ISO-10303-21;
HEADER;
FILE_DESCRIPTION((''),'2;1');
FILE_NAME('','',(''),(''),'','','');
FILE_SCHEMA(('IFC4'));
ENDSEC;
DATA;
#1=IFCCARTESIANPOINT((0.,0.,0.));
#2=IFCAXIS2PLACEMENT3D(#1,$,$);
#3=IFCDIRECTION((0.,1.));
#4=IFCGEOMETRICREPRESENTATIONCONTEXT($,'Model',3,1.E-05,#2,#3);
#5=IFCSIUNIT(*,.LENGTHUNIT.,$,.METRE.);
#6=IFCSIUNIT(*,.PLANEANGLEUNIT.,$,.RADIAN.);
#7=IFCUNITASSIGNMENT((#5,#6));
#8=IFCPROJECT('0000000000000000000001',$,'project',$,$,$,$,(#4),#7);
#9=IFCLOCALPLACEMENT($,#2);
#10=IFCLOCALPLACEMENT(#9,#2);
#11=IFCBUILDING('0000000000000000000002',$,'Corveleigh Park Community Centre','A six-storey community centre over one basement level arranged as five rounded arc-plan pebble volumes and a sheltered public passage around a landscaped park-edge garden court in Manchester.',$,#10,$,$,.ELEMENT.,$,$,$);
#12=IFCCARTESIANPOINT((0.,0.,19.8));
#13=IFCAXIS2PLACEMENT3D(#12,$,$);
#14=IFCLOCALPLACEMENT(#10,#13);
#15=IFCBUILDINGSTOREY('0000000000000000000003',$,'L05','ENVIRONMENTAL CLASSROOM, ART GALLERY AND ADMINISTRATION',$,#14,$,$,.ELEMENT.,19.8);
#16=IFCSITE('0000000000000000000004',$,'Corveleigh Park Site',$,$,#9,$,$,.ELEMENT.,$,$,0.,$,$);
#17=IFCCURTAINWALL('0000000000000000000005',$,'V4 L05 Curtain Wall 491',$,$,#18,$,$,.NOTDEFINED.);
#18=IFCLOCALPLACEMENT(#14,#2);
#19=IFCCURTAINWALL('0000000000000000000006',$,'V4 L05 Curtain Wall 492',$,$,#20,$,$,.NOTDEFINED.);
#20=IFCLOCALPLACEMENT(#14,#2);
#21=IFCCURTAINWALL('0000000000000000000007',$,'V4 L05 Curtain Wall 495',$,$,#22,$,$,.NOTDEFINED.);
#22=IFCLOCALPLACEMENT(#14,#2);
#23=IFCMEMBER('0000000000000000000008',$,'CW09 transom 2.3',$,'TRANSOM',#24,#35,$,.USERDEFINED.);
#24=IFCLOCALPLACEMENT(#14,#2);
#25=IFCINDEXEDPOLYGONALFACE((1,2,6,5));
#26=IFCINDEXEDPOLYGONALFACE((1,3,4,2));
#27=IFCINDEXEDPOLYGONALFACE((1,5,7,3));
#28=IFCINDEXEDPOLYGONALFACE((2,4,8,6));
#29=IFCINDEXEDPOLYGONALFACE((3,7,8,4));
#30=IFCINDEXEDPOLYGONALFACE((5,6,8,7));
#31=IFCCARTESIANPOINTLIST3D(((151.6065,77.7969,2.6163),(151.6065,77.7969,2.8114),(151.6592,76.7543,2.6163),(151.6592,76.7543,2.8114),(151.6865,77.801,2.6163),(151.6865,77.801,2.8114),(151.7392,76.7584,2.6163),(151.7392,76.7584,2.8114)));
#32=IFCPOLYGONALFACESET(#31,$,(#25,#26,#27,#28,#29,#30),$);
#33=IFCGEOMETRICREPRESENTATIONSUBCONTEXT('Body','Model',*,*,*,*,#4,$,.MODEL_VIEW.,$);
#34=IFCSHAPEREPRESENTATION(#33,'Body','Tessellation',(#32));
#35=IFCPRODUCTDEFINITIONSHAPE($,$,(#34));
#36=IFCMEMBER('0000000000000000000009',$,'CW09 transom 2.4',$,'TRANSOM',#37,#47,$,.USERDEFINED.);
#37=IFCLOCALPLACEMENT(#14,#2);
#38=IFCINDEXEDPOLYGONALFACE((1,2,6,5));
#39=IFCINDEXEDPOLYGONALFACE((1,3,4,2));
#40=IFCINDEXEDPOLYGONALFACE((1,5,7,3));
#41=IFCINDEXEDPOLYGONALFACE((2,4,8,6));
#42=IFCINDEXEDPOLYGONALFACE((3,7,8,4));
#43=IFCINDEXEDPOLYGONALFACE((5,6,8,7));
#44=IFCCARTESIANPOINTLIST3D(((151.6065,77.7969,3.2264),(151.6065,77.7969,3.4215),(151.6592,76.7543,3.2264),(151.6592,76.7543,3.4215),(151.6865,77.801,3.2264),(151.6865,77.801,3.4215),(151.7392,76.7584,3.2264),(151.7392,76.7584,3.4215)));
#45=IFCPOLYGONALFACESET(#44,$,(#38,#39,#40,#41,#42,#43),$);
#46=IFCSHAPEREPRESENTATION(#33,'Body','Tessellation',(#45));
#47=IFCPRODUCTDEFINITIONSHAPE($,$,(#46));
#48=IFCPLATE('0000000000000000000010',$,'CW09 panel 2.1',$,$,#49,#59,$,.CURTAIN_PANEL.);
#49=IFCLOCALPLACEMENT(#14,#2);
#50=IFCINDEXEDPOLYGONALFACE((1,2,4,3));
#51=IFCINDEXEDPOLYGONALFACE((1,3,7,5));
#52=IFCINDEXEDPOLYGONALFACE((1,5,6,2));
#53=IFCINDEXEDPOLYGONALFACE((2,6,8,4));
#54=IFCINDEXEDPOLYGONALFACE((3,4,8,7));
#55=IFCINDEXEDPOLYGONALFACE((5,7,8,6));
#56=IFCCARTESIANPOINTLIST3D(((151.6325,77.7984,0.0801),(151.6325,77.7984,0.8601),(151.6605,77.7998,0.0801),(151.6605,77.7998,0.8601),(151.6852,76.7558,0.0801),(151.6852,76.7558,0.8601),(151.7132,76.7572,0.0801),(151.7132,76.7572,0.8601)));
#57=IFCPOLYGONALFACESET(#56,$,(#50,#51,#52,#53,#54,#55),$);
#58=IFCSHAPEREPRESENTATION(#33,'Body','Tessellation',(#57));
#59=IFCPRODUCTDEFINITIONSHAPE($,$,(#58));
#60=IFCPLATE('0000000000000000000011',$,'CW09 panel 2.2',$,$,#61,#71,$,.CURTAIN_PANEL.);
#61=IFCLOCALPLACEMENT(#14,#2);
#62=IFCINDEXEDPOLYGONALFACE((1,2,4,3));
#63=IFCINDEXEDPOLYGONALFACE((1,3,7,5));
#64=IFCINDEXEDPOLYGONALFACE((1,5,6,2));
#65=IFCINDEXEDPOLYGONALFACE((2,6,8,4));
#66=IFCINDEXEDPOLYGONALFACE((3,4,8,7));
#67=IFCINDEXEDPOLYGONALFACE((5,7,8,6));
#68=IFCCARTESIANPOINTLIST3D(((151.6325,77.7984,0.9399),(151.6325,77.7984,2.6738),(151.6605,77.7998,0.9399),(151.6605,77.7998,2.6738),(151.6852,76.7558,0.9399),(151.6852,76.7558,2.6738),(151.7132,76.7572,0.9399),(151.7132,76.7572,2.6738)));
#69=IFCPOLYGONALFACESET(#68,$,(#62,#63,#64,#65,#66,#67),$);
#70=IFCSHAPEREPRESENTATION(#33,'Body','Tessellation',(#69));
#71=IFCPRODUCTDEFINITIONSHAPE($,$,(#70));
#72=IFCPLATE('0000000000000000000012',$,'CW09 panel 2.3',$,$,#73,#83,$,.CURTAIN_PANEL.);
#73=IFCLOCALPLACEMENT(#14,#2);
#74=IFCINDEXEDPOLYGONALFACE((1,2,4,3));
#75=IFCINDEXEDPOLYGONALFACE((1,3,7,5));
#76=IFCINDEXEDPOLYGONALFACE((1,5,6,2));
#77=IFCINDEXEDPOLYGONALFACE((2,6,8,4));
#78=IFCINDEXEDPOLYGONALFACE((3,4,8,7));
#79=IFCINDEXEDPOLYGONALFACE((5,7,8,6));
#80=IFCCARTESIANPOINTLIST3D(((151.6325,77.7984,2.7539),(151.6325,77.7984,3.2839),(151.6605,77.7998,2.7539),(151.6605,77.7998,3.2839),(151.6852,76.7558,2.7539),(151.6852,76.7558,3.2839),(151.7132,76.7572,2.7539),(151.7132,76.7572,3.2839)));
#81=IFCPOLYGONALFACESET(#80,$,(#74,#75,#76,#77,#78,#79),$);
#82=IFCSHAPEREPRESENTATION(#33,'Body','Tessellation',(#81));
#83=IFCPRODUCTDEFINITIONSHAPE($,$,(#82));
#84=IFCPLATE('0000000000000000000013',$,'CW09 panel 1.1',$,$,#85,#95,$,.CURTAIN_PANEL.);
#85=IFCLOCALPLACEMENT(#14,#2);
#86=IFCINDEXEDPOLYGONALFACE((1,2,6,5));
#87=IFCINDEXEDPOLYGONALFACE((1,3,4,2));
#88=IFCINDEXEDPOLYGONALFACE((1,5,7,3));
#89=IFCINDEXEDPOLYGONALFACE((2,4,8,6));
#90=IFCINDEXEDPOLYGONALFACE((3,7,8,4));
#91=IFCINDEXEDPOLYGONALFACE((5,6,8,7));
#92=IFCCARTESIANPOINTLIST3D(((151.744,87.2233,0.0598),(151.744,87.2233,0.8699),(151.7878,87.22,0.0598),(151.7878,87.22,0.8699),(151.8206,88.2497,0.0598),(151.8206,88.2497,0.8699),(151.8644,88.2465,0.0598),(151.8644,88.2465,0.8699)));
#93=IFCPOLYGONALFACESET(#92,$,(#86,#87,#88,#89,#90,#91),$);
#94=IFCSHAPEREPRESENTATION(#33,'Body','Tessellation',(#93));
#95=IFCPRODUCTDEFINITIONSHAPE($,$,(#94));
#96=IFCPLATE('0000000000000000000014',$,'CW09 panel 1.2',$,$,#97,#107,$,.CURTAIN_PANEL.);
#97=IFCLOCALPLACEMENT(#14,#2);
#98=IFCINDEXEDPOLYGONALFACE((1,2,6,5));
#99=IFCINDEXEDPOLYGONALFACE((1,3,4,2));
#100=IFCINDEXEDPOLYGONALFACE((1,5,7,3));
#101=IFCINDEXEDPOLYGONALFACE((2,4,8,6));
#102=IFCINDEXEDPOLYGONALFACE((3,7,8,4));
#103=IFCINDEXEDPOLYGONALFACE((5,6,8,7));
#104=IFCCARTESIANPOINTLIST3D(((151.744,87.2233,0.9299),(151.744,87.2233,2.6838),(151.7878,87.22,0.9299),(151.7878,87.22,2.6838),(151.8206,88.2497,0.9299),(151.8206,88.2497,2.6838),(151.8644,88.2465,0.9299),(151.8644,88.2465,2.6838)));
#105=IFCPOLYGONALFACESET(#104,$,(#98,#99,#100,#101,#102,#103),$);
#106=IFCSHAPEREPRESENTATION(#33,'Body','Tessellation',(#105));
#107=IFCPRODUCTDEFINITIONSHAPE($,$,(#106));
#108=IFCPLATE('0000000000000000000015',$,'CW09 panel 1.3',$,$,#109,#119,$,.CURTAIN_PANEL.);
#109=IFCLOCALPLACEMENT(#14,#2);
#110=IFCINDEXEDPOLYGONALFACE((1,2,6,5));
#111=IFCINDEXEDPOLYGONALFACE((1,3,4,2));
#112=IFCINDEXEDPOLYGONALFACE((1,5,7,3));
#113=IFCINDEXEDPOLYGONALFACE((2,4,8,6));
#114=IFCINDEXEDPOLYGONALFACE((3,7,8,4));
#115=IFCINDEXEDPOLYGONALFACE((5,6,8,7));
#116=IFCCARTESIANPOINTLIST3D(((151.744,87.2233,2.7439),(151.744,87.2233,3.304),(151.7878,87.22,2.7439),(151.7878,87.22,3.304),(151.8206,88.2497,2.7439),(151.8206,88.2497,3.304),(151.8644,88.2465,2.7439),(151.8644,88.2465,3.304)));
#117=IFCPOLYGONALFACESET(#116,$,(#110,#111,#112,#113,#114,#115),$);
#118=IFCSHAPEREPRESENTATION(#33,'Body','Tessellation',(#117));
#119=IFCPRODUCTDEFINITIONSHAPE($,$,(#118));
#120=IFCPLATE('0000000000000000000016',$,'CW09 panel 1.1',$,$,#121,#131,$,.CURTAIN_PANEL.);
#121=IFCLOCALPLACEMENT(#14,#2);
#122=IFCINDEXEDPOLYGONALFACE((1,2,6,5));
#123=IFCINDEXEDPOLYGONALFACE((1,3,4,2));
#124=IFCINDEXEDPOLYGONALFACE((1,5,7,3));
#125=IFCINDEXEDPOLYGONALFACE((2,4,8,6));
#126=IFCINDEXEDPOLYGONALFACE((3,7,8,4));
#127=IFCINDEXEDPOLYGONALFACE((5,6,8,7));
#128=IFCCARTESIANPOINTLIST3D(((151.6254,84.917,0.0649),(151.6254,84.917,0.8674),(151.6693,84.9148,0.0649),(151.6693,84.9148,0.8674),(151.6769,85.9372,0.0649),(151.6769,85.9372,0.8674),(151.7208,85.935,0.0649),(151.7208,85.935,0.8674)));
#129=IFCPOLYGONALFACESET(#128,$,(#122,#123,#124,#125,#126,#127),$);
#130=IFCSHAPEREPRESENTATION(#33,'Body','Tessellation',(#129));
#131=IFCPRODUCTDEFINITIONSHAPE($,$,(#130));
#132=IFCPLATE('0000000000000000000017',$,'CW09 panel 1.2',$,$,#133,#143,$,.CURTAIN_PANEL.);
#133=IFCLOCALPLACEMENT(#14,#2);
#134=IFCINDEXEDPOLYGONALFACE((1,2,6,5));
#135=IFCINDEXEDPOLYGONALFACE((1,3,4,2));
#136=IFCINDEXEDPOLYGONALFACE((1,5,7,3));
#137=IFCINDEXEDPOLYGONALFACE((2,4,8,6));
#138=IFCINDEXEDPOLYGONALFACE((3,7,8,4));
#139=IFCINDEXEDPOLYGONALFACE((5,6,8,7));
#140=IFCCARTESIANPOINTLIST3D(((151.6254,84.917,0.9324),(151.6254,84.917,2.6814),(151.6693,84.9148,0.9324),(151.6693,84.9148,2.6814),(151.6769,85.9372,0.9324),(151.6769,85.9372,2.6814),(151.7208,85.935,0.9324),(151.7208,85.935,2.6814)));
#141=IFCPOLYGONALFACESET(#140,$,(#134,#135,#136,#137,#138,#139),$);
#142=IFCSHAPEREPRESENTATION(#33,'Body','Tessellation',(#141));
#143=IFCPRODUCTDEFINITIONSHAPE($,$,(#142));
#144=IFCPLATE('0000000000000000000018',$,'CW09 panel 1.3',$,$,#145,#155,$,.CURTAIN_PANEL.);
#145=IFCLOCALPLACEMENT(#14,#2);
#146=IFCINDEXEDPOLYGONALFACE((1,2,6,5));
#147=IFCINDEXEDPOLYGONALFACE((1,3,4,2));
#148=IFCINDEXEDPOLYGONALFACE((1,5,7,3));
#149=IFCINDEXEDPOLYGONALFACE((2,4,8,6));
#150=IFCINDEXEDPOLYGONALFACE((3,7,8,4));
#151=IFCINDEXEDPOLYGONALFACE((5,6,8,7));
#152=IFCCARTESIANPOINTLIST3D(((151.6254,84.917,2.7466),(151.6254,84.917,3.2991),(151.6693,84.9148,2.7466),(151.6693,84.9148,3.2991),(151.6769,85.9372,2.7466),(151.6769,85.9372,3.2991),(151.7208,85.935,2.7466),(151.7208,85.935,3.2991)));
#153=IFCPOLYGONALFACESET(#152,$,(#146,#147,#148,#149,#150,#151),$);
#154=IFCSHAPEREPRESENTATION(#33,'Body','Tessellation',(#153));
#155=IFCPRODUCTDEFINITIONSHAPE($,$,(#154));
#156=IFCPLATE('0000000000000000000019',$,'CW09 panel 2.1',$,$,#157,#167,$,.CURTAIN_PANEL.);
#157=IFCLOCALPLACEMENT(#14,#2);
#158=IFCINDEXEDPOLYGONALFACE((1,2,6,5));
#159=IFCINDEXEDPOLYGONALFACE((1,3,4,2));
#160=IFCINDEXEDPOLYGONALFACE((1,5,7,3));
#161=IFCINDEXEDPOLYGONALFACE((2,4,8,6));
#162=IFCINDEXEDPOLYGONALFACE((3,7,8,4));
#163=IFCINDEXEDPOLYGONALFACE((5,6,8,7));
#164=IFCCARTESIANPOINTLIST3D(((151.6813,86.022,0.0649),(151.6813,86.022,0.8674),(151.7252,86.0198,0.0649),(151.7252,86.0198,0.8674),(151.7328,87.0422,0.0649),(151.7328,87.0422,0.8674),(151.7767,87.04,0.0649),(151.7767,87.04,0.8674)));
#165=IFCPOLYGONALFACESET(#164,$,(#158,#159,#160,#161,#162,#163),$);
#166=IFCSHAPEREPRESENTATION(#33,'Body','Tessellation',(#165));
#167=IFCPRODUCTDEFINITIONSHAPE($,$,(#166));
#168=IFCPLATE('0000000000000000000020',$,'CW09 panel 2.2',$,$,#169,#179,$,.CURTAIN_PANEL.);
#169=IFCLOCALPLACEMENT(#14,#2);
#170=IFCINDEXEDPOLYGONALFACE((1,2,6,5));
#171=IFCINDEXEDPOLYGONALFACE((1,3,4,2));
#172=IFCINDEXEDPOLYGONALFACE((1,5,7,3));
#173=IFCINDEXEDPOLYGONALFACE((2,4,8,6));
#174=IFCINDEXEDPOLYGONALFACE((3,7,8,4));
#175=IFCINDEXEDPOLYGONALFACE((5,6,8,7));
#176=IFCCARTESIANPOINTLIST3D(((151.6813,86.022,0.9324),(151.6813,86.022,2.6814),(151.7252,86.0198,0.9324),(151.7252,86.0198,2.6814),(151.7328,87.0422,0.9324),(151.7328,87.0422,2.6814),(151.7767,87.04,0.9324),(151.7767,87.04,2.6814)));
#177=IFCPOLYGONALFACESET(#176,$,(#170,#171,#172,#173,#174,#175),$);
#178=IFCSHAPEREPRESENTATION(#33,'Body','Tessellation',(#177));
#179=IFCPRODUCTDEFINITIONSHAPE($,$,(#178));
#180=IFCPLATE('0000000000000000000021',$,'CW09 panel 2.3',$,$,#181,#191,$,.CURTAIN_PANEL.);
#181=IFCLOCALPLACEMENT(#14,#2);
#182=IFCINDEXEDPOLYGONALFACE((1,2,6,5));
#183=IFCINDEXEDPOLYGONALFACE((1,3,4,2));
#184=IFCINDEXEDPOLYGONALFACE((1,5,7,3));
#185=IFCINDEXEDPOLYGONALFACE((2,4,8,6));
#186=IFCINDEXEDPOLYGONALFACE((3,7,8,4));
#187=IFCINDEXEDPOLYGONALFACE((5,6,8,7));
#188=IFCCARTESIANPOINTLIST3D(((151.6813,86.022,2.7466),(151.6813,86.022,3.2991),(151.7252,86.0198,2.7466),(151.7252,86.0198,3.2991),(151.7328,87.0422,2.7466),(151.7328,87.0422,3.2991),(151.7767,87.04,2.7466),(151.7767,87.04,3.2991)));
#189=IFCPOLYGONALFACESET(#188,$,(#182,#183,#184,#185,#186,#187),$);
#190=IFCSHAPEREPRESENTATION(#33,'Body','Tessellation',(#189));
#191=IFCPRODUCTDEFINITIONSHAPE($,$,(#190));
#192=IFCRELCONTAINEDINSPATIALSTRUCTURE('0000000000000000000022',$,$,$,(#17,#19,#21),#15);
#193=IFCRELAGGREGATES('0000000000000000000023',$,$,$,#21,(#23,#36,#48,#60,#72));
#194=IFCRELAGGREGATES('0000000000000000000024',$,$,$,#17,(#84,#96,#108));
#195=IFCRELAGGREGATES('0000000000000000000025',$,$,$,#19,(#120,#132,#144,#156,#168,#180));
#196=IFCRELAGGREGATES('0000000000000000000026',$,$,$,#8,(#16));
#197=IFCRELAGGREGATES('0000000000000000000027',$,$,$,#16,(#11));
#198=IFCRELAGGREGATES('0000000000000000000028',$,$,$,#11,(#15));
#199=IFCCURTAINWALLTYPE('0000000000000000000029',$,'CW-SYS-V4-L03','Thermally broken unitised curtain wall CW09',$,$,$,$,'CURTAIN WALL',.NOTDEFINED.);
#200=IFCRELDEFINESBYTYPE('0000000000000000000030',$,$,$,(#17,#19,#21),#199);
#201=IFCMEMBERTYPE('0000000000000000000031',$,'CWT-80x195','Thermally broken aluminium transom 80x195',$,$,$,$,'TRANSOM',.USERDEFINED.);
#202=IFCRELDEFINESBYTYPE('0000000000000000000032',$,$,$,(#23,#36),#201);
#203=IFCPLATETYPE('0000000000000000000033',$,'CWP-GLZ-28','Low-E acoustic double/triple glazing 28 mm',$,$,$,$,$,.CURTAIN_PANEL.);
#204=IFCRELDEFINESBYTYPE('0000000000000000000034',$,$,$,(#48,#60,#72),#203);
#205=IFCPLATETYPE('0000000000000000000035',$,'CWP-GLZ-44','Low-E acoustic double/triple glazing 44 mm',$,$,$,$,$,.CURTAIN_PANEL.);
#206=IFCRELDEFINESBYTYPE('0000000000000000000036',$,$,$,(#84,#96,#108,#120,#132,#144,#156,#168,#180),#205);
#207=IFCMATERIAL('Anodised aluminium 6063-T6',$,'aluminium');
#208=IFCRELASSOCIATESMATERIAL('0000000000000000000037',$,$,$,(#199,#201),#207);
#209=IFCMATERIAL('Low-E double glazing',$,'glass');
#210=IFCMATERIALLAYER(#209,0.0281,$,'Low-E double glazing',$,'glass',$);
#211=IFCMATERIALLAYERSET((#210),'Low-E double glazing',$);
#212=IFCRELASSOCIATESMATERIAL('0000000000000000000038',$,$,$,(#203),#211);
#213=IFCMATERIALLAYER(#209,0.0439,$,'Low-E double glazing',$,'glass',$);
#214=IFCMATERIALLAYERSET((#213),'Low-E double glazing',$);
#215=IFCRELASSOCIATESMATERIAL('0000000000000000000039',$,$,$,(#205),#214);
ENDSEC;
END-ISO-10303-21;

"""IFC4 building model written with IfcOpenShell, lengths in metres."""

from ifc_helpers import new_model, si_unit, direction, frame, origin, origin_2d, place, context, subcontext, project, spatial, rectangle, extrude, material, layer, layer_set, material_profile, profile_set, type_object, element, aggregate, save


model = new_model("IFC4")

# Units and contexts
model_context = context("Model", 3, precision=1e-05, world=origin(), true_north=direction((0.0, 1.0)))
body_context = subcontext(model_context, "Body", "Model", "MODEL_VIEW")
ifc_project = project(units=[si_unit("LENGTHUNIT", "METRE"), si_unit("PLANEANGLEUNIT", "RADIAN")], contexts=[model_context])

# Site, building, storey
site_placement = place(None, origin())
site = spatial("IfcSite", under=ifc_project, at=site_placement, Name="Corveleigh Park Site", CompositionType="ELEMENT", RefElevation=0.0)
building_placement = place(site_placement, origin())
building = spatial("IfcBuilding", under=site, at=building_placement, Name="Corveleigh Park Community Centre", Description="A six-storey community centre over one basement level arranged as five rounded arc-plan pebble volumes and a sheltered public passage around a landscaped park-edge garden court in Manchester.", CompositionType="ELEMENT")
storey_placement = place(building_placement, frame((0.0, 0.0, 19.8)))
storey = spatial("IfcBuildingStorey", under=building, at=storey_placement, Name="L05", Description="ENVIRONMENTAL CLASSROOM, ART GALLERY AND ADMINISTRATION", CompositionType="ELEMENT", Elevation=19.8)

# Curtain wall
ifc_material_1 = material(Name="Anodised aluminium 6063-T6", Category="aluminium")
curtain_wall_type = type_object("IfcCurtainWallType", Name="CW-SYS-V4-L03", Description="Thermally broken unitised curtain wall CW09", ElementType="CURTAIN WALL", PredefinedType="NOTDEFINED", material=ifc_material_1)
curtain_wall_1_placement = place(storey_placement, origin())
curtain_wall_1 = element("IfcCurtainWall", 1, at=curtain_wall_1_placement, inside=storey, type_object=curtain_wall_type, Name="V4 L05 Curtain Wall 491", PredefinedType="NOTDEFINED")

# Curtain wall
curtain_wall_2_placement = place(storey_placement, origin())
curtain_wall_2 = element("IfcCurtainWall", 2, at=curtain_wall_2_placement, inside=storey, type_object=curtain_wall_type, Name="V4 L05 Curtain Wall 492", PredefinedType="NOTDEFINED")

# Curtain wall, members, plates
curtain_wall_3_placement = place(storey_placement, origin())
curtain_wall_3 = element("IfcCurtainWall", 3, at=curtain_wall_3_placement, inside=storey, type_object=curtain_wall_type, Name="V4 L05 Curtain Wall 495", PredefinedType="NOTDEFINED")
ifc_material_profile_1 = material_profile(ifc_material_1, rectangle(XDim=0.0801, YDim=0.1951, at=origin_2d()), Name="ALU-T80x195", Category="aluminium")
ifc_profile_set_1 = profile_set([ifc_material_profile_1], Name="Anodised aluminium 6063-T6")
member_type_1 = type_object("IfcMemberType", Name="CWT-80x195", Description="Thermally broken aluminium transom 80x195", ElementType="TRANSOM", PredefinedType="USERDEFINED", material=ifc_profile_set_1)
member_1_placement = place(storey_placement, frame((151.6992, 76.7563, 2.7139), z_axis=(-0.050509, 0.998724, 0.0), x_axis=(-0.998724, -0.050509, 0.0)))
member_1 = element("IfcMember", 4, at=member_1_placement, type_object=member_type_1, Name="CW09 transom 2.3", ObjectType="TRANSOM", PredefinedType="USERDEFINED", context=body_context, shape_type="SweptSolid", body=[
    extrude(rectangle(XDim=0.0801, YDim=0.1951, at=origin_2d()), origin(), (0.0, 0.0, 1.0), 1.0439),
])
member_2_placement = place(storey_placement, frame((151.6992, 76.7563, 3.324), z_axis=(-0.050509, 0.998724, 0.0), x_axis=(-0.998724, -0.050509, 0.0)))
member_2 = element("IfcMember", 5, at=member_2_placement, type_object=member_type_1, Name="CW09 transom 2.4", ObjectType="TRANSOM", PredefinedType="USERDEFINED", context=body_context, shape_type="SweptSolid", body=[
    extrude(rectangle(XDim=0.0801, YDim=0.1951, at=origin_2d()), origin(), (0.0, 0.0, 1.0), 1.0439),
])
ifc_material_2 = material(Name="Low-E double glazing", Category="glass")
ifc_layer_1 = layer(ifc_material_2, 0.0281, Name="Low-E double glazing", Category="glass")
ifc_layer_set_1 = layer_set([ifc_layer_1], Name="Low-E double glazing")
plate_type_1 = type_object("IfcPlateType", Name="CWP-GLZ-28", Description="Low-E acoustic double/triple glazing 28 mm", PredefinedType="CURTAIN_PANEL", material=ifc_layer_set_1)
plate_1_placement = place(storey_placement, frame((151.6729, 77.2778, 0.0801), z_axis=(0.0, 0.0, 1.0), x_axis=(-0.05048, 0.998725, 0.0)))
plate_1 = element("IfcPlate", 6, at=plate_1_placement, type_object=plate_type_1, Name="CW09 panel 2.1", PredefinedType="CURTAIN_PANEL", context=body_context, shape_type="SweptSolid", body=[
    extrude(rectangle(XDim=1.0439, YDim=0.0281, at=origin_2d()), origin(), (0.0, 0.0, 1.0), 0.78),
])
plate_2_placement = place(storey_placement, frame((151.6729, 77.2778, 0.9399), z_axis=(0.0, 0.0, 1.0), x_axis=(-0.05048, 0.998725, 0.0)))
plate_2 = element("IfcPlate", 7, at=plate_2_placement, type_object=plate_type_1, Name="CW09 panel 2.2", PredefinedType="CURTAIN_PANEL", context=body_context, shape_type="SweptSolid", body=[
    extrude(rectangle(XDim=1.0439, YDim=0.0281, at=origin_2d()), origin(), (0.0, 0.0, 1.0), 1.7339),
])
plate_3_placement = place(storey_placement, frame((151.6729, 77.2778, 2.7539), z_axis=(0.0, 0.0, 1.0), x_axis=(-0.05048, 0.998725, 0.0)))
plate_3 = element("IfcPlate", 8, at=plate_3_placement, type_object=plate_type_1, Name="CW09 panel 2.3", PredefinedType="CURTAIN_PANEL", context=body_context, shape_type="SweptSolid", body=[
    extrude(rectangle(XDim=1.0439, YDim=0.0281, at=origin_2d()), origin(), (0.0, 0.0, 1.0), 0.53),
])
aggregate(curtain_wall_3, [member_1, member_2, plate_1, plate_2, plate_3])

# Plates
ifc_layer_2 = layer(ifc_material_2, 0.0439, Name="Low-E double glazing", Category="glass")
ifc_layer_set_2 = layer_set([ifc_layer_2], Name="Low-E double glazing")
plate_type_2 = type_object("IfcPlateType", Name="CWP-GLZ-44", Description="Low-E acoustic double/triple glazing 44 mm", PredefinedType="CURTAIN_PANEL", material=ifc_layer_set_2)
plate_4_placement = place(storey_placement, frame((151.8042, 87.7349, 0.0598), z_axis=(0.0, 0.0, 1.0), x_axis=(0.074401, 0.997228, 0.0)))
plate_4 = element("IfcPlate", 9, at=plate_4_placement, type_object=plate_type_2, Name="CW09 panel 1.1", PredefinedType="CURTAIN_PANEL", context=body_context, shape_type="SweptSolid", body=[
    extrude(rectangle(XDim=1.0293, YDim=0.0439, at=origin_2d()), origin(), (0.0, 0.0, 1.0), 0.8101),
])
plate_5_placement = place(storey_placement, frame((151.8042, 87.7349, 0.9299), z_axis=(0.0, 0.0, 1.0), x_axis=(0.074401, 0.997228, 0.0)))
plate_5 = element("IfcPlate", 10, at=plate_5_placement, type_object=plate_type_2, Name="CW09 panel 1.2", PredefinedType="CURTAIN_PANEL", context=body_context, shape_type="SweptSolid", body=[
    extrude(rectangle(XDim=1.0293, YDim=0.0439, at=origin_2d()), origin(), (0.0, 0.0, 1.0), 1.7539),
])
plate_6_placement = place(storey_placement, frame((151.8042, 87.7349, 2.7439), z_axis=(0.0, 0.0, 1.0), x_axis=(0.074401, 0.997228, 0.0)))
plate_6 = element("IfcPlate", 11, at=plate_6_placement, type_object=plate_type_2, Name="CW09 panel 1.3", PredefinedType="CURTAIN_PANEL", context=body_context, shape_type="SweptSolid", body=[
    extrude(rectangle(XDim=1.0293, YDim=0.0439, at=origin_2d()), origin(), (0.0, 0.0, 1.0), 0.5601),
])
aggregate(curtain_wall_1, [plate_4, plate_5, plate_6])
plate_7_placement = place(storey_placement, frame((151.6731, 85.426, 0.0649), z_axis=(0.0, 0.0, 1.0), x_axis=(0.05048, 0.998725, 0.0)))
plate_7 = element("IfcPlate", 12, at=plate_7_placement, type_object=plate_type_2, Name="CW09 panel 1.1", PredefinedType="CURTAIN_PANEL", context=body_context, shape_type="SweptSolid", body=[
    extrude(rectangle(XDim=1.0215, YDim=0.0439, at=origin_2d()), origin(), (0.0, 0.0, 1.0), 0.8025),
])
plate_8_placement = place(storey_placement, frame((151.6731, 85.426, 0.9324), z_axis=(0.0, 0.0, 1.0), x_axis=(0.05048, 0.998725, 0.0)))
plate_8 = element("IfcPlate", 13, at=plate_8_placement, type_object=plate_type_2, Name="CW09 panel 1.2", PredefinedType="CURTAIN_PANEL", context=body_context, shape_type="SweptSolid", body=[
    extrude(rectangle(XDim=1.0215, YDim=0.0439, at=origin_2d()), origin(), (0.0, 0.0, 1.0), 1.749),
])
plate_9_placement = place(storey_placement, frame((151.6731, 85.426, 2.7466), z_axis=(0.0, 0.0, 1.0), x_axis=(0.05048, 0.998725, 0.0)))
plate_9 = element("IfcPlate", 14, at=plate_9_placement, type_object=plate_type_2, Name="CW09 panel 1.3", PredefinedType="CURTAIN_PANEL", context=body_context, shape_type="SweptSolid", body=[
    extrude(rectangle(XDim=1.0215, YDim=0.0439, at=origin_2d()), origin(), (0.0, 0.0, 1.0), 0.5525),
])
plate_10_placement = place(storey_placement, frame((151.729, 86.531, 0.0649), z_axis=(0.0, 0.0, 1.0), x_axis=(0.05048, 0.998725, 0.0)))
plate_10 = element("IfcPlate", 15, at=plate_10_placement, type_object=plate_type_2, Name="CW09 panel 2.1", PredefinedType="CURTAIN_PANEL", context=body_context, shape_type="SweptSolid", body=[
    extrude(rectangle(XDim=1.0215, YDim=0.0439, at=origin_2d()), origin(), (0.0, 0.0, 1.0), 0.8025),
])
plate_11_placement = place(storey_placement, frame((151.729, 86.531, 0.9324), z_axis=(0.0, 0.0, 1.0), x_axis=(0.05048, 0.998725, 0.0)))
plate_11 = element("IfcPlate", 16, at=plate_11_placement, type_object=plate_type_2, Name="CW09 panel 2.2", PredefinedType="CURTAIN_PANEL", context=body_context, shape_type="SweptSolid", body=[
    extrude(rectangle(XDim=1.0215, YDim=0.0439, at=origin_2d()), origin(), (0.0, 0.0, 1.0), 1.749),
])
plate_12_placement = place(storey_placement, frame((151.729, 86.531, 2.7466), z_axis=(0.0, 0.0, 1.0), x_axis=(0.05048, 0.998725, 0.0)))
plate_12 = element("IfcPlate", 17, at=plate_12_placement, type_object=plate_type_2, Name="CW09 panel 2.3", PredefinedType="CURTAIN_PANEL", context=body_context, shape_type="SweptSolid", body=[
    extrude(rectangle(XDim=1.0215, YDim=0.0439, at=origin_2d()), origin(), (0.0, 0.0, 1.0), 0.5525),
])
aggregate(curtain_wall_2, [plate_7, plate_8, plate_9, plate_10, plate_11, plate_12])

save(model, "model.ifc")
